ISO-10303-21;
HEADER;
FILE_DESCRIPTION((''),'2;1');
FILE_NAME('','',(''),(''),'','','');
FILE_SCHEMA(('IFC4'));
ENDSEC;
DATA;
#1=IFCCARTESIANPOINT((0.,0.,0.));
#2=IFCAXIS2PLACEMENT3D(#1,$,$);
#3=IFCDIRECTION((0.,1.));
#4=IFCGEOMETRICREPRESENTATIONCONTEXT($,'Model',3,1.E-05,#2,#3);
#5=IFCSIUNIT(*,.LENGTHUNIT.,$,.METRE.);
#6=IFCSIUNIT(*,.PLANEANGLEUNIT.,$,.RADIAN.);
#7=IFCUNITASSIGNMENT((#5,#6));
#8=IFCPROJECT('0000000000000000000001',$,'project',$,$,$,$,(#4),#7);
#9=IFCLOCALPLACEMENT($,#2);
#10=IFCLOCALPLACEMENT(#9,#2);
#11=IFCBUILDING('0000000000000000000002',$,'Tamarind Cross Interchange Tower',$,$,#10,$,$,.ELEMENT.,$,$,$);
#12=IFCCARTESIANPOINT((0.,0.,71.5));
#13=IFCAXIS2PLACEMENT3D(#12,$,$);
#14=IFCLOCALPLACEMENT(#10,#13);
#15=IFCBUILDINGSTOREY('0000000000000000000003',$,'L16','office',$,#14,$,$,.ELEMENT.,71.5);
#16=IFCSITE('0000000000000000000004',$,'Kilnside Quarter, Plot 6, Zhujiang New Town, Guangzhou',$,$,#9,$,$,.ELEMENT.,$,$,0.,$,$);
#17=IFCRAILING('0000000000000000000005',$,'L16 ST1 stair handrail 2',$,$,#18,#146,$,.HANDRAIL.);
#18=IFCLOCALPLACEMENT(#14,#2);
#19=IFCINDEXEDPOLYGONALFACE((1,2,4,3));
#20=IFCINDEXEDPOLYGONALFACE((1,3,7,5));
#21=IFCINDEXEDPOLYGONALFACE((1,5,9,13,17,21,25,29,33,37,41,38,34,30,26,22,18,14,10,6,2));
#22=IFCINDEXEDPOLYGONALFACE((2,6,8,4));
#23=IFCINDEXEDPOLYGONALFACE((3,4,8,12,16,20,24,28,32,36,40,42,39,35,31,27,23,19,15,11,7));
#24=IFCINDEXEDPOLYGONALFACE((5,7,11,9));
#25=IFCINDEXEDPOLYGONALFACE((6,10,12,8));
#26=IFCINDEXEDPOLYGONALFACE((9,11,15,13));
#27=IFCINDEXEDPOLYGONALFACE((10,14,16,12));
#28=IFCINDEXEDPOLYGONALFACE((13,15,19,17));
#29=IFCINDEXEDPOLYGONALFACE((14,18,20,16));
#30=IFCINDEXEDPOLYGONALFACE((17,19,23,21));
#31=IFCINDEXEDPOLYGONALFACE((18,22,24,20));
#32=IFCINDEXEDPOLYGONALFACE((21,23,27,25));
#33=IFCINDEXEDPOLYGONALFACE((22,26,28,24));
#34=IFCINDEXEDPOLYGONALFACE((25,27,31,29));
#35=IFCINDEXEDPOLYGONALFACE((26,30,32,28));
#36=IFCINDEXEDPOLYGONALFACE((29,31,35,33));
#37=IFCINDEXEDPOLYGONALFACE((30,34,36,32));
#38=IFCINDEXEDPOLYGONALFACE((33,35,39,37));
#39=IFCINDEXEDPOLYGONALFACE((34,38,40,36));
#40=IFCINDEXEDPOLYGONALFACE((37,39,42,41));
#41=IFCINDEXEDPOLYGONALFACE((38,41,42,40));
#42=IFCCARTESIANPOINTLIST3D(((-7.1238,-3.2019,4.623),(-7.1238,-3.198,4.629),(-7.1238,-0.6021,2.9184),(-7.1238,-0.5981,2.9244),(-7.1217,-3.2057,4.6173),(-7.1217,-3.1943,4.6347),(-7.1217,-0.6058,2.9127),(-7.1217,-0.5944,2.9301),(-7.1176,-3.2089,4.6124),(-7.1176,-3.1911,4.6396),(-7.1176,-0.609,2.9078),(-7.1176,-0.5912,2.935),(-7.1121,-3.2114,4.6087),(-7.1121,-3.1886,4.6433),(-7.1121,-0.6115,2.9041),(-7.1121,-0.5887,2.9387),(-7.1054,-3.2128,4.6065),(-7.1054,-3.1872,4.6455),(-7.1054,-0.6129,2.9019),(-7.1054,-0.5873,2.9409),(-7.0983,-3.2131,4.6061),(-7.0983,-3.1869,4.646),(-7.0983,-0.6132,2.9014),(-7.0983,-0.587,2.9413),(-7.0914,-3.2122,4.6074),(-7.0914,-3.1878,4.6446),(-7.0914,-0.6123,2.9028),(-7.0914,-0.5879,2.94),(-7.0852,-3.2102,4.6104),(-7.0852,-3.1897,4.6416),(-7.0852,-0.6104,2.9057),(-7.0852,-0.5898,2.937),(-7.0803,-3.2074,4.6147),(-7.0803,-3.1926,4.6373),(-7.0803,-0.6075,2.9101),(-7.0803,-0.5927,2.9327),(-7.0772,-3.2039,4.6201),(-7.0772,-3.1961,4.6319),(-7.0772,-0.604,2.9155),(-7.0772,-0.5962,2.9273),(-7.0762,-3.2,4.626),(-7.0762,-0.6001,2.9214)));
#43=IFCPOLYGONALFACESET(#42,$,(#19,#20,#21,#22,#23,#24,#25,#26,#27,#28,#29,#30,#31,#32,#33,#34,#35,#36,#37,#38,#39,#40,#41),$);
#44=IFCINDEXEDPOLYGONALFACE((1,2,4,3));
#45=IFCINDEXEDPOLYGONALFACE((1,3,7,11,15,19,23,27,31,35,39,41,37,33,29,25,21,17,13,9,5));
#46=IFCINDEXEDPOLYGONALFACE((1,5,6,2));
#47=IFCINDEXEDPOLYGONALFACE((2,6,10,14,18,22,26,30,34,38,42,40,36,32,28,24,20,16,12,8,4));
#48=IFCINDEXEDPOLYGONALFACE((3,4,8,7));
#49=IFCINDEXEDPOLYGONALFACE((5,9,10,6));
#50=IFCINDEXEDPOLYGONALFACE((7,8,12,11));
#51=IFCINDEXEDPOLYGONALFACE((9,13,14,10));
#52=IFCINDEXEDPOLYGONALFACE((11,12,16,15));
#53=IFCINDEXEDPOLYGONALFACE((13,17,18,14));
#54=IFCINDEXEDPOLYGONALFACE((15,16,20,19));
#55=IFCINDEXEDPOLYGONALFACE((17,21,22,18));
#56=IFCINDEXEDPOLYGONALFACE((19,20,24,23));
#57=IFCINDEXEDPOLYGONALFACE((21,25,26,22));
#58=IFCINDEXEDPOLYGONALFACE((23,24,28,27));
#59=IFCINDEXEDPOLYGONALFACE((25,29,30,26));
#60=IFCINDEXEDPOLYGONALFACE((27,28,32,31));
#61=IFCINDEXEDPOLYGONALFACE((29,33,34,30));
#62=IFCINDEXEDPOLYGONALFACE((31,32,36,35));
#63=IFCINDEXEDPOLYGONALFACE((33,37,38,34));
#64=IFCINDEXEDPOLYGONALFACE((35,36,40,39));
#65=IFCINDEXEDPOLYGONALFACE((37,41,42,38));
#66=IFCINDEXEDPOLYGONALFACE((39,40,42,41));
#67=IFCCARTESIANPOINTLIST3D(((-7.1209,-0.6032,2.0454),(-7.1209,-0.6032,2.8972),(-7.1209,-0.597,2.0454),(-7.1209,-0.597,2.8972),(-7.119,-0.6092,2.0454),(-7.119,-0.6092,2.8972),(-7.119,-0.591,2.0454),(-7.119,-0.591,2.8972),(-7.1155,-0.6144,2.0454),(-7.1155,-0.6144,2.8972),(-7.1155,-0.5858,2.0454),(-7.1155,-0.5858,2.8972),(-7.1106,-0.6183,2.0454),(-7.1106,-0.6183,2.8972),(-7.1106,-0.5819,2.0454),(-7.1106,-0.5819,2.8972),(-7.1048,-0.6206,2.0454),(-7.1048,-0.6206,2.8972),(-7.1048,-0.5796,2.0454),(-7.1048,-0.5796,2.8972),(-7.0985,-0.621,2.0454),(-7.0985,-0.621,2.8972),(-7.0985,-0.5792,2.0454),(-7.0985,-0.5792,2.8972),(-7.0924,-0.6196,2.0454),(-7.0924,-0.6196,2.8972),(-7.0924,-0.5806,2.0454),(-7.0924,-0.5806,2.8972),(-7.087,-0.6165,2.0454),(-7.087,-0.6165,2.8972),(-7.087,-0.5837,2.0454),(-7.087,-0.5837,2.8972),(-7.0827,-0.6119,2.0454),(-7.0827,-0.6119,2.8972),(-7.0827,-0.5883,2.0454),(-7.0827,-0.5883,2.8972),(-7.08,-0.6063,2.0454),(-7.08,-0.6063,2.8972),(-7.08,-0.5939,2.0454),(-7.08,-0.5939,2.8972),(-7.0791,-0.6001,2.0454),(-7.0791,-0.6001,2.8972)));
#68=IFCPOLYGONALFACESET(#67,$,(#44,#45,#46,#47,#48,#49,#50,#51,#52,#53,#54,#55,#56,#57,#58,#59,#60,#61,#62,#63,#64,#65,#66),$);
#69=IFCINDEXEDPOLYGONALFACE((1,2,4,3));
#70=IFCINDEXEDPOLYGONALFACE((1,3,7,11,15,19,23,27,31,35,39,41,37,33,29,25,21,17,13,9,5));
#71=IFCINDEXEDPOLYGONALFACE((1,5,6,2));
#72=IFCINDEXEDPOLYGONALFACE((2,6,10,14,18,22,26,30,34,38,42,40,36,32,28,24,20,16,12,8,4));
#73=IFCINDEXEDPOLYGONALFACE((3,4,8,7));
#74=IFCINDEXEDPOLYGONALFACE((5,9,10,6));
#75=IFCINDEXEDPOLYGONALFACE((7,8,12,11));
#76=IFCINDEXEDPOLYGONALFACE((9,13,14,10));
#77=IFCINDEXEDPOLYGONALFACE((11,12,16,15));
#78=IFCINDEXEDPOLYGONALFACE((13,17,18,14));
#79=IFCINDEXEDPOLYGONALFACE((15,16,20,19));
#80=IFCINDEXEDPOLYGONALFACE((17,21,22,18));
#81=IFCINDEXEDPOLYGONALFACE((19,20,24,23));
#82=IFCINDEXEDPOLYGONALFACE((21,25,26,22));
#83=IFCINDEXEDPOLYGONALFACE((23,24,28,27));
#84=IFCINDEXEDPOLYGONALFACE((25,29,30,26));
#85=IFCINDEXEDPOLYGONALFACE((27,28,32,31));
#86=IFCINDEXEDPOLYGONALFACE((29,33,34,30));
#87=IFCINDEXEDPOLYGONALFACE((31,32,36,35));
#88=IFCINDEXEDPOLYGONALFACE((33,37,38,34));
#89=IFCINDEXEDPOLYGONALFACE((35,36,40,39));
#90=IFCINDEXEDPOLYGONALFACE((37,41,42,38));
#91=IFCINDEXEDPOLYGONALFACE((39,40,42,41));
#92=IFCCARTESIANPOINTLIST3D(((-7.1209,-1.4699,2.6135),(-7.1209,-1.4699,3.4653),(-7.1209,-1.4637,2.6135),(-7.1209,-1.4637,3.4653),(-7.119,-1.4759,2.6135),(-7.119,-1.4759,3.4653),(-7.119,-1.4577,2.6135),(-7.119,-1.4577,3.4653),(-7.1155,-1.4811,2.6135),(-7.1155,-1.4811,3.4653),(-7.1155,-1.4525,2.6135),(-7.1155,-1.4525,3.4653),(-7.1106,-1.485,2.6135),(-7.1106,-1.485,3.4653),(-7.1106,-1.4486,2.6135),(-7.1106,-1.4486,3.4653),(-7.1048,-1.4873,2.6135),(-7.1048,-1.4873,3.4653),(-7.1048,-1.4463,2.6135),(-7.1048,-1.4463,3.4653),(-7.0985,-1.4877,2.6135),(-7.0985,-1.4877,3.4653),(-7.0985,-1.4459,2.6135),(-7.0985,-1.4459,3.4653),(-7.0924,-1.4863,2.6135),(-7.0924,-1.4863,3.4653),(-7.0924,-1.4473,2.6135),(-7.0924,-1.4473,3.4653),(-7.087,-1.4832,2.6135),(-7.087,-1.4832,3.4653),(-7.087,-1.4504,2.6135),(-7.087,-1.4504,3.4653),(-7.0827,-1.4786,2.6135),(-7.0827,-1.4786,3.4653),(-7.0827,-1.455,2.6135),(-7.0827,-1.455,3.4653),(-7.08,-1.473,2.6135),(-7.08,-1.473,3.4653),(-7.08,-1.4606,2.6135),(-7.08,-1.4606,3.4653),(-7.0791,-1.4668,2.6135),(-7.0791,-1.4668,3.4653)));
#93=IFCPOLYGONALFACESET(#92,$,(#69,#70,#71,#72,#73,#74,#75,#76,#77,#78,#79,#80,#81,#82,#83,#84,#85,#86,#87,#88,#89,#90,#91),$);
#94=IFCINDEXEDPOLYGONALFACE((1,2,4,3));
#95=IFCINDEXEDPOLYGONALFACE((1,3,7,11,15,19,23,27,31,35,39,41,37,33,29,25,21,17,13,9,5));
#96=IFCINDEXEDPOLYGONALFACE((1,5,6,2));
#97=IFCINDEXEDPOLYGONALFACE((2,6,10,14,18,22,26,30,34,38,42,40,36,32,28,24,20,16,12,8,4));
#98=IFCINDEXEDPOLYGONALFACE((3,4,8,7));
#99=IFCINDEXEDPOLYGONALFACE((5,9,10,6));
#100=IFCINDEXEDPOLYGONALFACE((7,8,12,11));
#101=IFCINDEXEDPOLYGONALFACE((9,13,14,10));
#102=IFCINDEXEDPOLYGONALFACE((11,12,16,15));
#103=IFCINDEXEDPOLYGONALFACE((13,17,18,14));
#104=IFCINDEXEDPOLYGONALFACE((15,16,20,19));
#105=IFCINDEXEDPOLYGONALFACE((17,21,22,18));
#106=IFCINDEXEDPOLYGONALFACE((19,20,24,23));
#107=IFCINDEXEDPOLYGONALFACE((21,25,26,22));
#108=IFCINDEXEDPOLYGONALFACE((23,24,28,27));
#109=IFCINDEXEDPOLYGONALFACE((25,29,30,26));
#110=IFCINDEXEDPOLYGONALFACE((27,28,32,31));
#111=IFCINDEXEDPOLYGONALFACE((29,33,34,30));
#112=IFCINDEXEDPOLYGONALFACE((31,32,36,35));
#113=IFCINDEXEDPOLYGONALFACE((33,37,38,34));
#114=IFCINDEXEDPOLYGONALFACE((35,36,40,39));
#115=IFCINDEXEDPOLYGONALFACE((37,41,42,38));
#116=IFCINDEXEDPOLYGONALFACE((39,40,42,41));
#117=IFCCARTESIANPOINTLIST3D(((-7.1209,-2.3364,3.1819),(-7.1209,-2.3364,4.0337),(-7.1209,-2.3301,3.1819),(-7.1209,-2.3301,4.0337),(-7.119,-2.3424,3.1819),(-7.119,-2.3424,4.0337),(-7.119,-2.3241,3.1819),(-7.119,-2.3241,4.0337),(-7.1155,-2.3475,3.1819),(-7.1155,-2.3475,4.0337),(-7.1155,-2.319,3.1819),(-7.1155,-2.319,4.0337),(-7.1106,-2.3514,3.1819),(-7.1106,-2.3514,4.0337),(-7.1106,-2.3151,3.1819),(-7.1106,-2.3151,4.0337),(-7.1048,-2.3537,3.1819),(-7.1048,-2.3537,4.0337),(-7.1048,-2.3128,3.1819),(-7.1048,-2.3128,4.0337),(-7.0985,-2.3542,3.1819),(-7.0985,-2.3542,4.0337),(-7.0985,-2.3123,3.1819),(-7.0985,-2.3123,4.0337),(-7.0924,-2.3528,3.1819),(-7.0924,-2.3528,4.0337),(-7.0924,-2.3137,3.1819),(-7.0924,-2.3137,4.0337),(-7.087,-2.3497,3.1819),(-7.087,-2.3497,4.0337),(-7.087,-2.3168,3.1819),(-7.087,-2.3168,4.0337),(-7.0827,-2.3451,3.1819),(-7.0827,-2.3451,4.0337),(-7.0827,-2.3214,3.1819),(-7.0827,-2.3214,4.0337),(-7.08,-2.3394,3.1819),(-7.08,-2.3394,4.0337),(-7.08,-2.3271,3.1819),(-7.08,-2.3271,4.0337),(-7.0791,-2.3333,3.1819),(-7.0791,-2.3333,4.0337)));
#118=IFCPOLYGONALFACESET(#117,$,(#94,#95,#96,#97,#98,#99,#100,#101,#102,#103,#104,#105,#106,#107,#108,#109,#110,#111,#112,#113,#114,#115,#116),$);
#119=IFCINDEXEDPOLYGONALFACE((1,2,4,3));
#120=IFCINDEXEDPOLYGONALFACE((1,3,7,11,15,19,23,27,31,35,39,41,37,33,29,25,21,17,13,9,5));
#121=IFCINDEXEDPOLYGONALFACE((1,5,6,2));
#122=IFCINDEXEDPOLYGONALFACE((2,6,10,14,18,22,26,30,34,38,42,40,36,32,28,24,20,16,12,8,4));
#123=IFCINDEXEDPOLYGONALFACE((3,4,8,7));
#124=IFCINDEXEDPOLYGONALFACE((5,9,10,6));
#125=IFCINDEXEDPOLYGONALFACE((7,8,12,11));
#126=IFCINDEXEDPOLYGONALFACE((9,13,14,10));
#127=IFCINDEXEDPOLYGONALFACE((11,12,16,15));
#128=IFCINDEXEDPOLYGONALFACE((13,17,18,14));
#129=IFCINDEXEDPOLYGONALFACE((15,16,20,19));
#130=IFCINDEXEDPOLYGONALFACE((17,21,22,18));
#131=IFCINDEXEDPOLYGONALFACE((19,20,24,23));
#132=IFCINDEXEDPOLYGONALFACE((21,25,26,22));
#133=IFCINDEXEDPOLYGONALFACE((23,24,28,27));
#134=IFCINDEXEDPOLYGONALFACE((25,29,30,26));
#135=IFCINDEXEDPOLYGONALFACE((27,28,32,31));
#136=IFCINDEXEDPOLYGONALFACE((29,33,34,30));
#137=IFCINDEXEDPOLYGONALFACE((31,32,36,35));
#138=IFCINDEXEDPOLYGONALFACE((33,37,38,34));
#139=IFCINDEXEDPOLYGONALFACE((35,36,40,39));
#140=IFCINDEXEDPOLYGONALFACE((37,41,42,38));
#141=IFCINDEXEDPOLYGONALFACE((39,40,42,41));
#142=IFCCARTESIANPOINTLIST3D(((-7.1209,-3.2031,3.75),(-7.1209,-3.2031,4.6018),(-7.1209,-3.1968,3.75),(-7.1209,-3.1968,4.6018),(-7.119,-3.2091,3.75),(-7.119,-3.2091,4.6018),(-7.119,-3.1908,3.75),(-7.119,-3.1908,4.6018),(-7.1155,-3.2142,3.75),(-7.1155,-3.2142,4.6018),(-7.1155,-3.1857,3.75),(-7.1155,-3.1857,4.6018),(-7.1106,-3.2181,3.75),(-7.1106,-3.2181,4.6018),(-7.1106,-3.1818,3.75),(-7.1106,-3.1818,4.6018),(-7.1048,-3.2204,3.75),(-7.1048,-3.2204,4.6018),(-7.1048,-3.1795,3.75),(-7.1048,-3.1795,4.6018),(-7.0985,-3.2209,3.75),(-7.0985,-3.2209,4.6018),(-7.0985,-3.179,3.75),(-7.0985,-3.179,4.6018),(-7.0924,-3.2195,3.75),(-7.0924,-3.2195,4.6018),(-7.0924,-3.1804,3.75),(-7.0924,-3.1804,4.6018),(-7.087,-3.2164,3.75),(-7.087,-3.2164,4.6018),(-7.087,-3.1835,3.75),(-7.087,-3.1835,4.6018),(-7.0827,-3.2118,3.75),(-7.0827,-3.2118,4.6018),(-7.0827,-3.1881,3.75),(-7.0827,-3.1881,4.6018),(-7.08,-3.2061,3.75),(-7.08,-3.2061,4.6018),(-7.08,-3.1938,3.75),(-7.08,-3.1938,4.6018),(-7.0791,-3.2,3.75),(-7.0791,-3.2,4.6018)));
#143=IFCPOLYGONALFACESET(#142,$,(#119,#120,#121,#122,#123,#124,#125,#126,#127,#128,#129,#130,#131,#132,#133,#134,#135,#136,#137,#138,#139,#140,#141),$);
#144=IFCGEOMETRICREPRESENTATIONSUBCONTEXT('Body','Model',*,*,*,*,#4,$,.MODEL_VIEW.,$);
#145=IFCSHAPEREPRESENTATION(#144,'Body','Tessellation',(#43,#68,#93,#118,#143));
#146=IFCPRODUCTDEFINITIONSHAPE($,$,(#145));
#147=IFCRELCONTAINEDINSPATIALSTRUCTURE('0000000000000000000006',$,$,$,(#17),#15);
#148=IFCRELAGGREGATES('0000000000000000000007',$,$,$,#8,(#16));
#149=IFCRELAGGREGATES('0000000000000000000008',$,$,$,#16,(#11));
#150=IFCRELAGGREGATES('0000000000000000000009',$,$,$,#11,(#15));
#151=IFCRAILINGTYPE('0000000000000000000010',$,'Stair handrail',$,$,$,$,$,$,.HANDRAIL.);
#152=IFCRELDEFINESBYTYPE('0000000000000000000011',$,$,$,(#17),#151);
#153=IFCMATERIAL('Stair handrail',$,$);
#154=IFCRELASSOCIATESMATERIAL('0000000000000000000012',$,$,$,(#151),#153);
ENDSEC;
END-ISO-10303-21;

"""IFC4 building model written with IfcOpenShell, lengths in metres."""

from ifc_helpers import new_model, si_unit, direction, frame, origin, origin_2d, place, context, subcontext, project, spatial, circle, extrude, material, type_object, element, save


model = new_model("IFC4")

# Units and contexts
model_context = context("Model", 3, precision=1e-05, world=origin(), true_north=direction((0.0, 1.0)))
body_context = subcontext(model_context, "Body", "Model", "MODEL_VIEW")
ifc_project = project(units=[si_unit("LENGTHUNIT", "METRE"), si_unit("PLANEANGLEUNIT", "RADIAN")], contexts=[model_context])

# Site, building, storey
site_placement = place(None, origin())
site = spatial("IfcSite", under=ifc_project, at=site_placement, Name="Kilnside Quarter, Plot 6, Zhujiang New Town, Guangzhou", CompositionType="ELEMENT", RefElevation=0.0)
building_placement = place(site_placement, origin())
building = spatial("IfcBuilding", under=site, at=building_placement, Name="Tamarind Cross Interchange Tower", CompositionType="ELEMENT")
storey_placement = place(building_placement, frame((0.0, 0.0, 71.5)))
storey = spatial("IfcBuildingStorey", under=building, at=storey_placement, Name="L16", Description="office", CompositionType="ELEMENT", Elevation=71.5)

# Railing
ifc_material_1 = material(Name="Stair handrail")
railing_type_1 = type_object("IfcRailingType", Name="Stair handrail", PredefinedType="HANDRAIL", material=ifc_material_1)
railing_1_placement = place(storey_placement, frame((-7.1001, -0.6001, 2.0454)))
element("IfcRailing", 1, at=railing_1_placement, inside=storey, type_object=railing_type_1, Name="L16 ST1 stair handrail 2", PredefinedType="HANDRAIL", context=body_context, shape_type="SweptSolid", body=[
    extrude(circle(Radius=0.0239, at=origin_2d()), frame((0.0, 0.0, 0.876), z_axis=(0.0, -0.836279, 0.548305), x_axis=(1.0, 0.0, 0.0)), (0.0, 0.0, 1.0), 3.1089),
    extrude(circle(Radius=0.021, at=origin_2d()), origin(), (0.0, 0.0, 1.0), 0.8518),
    extrude(circle(Radius=0.021, at=origin_2d()), frame((0.0, -0.8667, 0.5681)), (0.0, 0.0, 1.0), 0.8518),
    extrude(circle(Radius=0.021, at=origin_2d()), frame((0.0, -1.7332, 1.1365)), (0.0, 0.0, 1.0), 0.8518),
    extrude(circle(Radius=0.021, at=origin_2d()), frame((0.0, -2.5999, 1.7046)), (0.0, 0.0, 1.0), 0.8518),
])

save(model, "model.ifc")
